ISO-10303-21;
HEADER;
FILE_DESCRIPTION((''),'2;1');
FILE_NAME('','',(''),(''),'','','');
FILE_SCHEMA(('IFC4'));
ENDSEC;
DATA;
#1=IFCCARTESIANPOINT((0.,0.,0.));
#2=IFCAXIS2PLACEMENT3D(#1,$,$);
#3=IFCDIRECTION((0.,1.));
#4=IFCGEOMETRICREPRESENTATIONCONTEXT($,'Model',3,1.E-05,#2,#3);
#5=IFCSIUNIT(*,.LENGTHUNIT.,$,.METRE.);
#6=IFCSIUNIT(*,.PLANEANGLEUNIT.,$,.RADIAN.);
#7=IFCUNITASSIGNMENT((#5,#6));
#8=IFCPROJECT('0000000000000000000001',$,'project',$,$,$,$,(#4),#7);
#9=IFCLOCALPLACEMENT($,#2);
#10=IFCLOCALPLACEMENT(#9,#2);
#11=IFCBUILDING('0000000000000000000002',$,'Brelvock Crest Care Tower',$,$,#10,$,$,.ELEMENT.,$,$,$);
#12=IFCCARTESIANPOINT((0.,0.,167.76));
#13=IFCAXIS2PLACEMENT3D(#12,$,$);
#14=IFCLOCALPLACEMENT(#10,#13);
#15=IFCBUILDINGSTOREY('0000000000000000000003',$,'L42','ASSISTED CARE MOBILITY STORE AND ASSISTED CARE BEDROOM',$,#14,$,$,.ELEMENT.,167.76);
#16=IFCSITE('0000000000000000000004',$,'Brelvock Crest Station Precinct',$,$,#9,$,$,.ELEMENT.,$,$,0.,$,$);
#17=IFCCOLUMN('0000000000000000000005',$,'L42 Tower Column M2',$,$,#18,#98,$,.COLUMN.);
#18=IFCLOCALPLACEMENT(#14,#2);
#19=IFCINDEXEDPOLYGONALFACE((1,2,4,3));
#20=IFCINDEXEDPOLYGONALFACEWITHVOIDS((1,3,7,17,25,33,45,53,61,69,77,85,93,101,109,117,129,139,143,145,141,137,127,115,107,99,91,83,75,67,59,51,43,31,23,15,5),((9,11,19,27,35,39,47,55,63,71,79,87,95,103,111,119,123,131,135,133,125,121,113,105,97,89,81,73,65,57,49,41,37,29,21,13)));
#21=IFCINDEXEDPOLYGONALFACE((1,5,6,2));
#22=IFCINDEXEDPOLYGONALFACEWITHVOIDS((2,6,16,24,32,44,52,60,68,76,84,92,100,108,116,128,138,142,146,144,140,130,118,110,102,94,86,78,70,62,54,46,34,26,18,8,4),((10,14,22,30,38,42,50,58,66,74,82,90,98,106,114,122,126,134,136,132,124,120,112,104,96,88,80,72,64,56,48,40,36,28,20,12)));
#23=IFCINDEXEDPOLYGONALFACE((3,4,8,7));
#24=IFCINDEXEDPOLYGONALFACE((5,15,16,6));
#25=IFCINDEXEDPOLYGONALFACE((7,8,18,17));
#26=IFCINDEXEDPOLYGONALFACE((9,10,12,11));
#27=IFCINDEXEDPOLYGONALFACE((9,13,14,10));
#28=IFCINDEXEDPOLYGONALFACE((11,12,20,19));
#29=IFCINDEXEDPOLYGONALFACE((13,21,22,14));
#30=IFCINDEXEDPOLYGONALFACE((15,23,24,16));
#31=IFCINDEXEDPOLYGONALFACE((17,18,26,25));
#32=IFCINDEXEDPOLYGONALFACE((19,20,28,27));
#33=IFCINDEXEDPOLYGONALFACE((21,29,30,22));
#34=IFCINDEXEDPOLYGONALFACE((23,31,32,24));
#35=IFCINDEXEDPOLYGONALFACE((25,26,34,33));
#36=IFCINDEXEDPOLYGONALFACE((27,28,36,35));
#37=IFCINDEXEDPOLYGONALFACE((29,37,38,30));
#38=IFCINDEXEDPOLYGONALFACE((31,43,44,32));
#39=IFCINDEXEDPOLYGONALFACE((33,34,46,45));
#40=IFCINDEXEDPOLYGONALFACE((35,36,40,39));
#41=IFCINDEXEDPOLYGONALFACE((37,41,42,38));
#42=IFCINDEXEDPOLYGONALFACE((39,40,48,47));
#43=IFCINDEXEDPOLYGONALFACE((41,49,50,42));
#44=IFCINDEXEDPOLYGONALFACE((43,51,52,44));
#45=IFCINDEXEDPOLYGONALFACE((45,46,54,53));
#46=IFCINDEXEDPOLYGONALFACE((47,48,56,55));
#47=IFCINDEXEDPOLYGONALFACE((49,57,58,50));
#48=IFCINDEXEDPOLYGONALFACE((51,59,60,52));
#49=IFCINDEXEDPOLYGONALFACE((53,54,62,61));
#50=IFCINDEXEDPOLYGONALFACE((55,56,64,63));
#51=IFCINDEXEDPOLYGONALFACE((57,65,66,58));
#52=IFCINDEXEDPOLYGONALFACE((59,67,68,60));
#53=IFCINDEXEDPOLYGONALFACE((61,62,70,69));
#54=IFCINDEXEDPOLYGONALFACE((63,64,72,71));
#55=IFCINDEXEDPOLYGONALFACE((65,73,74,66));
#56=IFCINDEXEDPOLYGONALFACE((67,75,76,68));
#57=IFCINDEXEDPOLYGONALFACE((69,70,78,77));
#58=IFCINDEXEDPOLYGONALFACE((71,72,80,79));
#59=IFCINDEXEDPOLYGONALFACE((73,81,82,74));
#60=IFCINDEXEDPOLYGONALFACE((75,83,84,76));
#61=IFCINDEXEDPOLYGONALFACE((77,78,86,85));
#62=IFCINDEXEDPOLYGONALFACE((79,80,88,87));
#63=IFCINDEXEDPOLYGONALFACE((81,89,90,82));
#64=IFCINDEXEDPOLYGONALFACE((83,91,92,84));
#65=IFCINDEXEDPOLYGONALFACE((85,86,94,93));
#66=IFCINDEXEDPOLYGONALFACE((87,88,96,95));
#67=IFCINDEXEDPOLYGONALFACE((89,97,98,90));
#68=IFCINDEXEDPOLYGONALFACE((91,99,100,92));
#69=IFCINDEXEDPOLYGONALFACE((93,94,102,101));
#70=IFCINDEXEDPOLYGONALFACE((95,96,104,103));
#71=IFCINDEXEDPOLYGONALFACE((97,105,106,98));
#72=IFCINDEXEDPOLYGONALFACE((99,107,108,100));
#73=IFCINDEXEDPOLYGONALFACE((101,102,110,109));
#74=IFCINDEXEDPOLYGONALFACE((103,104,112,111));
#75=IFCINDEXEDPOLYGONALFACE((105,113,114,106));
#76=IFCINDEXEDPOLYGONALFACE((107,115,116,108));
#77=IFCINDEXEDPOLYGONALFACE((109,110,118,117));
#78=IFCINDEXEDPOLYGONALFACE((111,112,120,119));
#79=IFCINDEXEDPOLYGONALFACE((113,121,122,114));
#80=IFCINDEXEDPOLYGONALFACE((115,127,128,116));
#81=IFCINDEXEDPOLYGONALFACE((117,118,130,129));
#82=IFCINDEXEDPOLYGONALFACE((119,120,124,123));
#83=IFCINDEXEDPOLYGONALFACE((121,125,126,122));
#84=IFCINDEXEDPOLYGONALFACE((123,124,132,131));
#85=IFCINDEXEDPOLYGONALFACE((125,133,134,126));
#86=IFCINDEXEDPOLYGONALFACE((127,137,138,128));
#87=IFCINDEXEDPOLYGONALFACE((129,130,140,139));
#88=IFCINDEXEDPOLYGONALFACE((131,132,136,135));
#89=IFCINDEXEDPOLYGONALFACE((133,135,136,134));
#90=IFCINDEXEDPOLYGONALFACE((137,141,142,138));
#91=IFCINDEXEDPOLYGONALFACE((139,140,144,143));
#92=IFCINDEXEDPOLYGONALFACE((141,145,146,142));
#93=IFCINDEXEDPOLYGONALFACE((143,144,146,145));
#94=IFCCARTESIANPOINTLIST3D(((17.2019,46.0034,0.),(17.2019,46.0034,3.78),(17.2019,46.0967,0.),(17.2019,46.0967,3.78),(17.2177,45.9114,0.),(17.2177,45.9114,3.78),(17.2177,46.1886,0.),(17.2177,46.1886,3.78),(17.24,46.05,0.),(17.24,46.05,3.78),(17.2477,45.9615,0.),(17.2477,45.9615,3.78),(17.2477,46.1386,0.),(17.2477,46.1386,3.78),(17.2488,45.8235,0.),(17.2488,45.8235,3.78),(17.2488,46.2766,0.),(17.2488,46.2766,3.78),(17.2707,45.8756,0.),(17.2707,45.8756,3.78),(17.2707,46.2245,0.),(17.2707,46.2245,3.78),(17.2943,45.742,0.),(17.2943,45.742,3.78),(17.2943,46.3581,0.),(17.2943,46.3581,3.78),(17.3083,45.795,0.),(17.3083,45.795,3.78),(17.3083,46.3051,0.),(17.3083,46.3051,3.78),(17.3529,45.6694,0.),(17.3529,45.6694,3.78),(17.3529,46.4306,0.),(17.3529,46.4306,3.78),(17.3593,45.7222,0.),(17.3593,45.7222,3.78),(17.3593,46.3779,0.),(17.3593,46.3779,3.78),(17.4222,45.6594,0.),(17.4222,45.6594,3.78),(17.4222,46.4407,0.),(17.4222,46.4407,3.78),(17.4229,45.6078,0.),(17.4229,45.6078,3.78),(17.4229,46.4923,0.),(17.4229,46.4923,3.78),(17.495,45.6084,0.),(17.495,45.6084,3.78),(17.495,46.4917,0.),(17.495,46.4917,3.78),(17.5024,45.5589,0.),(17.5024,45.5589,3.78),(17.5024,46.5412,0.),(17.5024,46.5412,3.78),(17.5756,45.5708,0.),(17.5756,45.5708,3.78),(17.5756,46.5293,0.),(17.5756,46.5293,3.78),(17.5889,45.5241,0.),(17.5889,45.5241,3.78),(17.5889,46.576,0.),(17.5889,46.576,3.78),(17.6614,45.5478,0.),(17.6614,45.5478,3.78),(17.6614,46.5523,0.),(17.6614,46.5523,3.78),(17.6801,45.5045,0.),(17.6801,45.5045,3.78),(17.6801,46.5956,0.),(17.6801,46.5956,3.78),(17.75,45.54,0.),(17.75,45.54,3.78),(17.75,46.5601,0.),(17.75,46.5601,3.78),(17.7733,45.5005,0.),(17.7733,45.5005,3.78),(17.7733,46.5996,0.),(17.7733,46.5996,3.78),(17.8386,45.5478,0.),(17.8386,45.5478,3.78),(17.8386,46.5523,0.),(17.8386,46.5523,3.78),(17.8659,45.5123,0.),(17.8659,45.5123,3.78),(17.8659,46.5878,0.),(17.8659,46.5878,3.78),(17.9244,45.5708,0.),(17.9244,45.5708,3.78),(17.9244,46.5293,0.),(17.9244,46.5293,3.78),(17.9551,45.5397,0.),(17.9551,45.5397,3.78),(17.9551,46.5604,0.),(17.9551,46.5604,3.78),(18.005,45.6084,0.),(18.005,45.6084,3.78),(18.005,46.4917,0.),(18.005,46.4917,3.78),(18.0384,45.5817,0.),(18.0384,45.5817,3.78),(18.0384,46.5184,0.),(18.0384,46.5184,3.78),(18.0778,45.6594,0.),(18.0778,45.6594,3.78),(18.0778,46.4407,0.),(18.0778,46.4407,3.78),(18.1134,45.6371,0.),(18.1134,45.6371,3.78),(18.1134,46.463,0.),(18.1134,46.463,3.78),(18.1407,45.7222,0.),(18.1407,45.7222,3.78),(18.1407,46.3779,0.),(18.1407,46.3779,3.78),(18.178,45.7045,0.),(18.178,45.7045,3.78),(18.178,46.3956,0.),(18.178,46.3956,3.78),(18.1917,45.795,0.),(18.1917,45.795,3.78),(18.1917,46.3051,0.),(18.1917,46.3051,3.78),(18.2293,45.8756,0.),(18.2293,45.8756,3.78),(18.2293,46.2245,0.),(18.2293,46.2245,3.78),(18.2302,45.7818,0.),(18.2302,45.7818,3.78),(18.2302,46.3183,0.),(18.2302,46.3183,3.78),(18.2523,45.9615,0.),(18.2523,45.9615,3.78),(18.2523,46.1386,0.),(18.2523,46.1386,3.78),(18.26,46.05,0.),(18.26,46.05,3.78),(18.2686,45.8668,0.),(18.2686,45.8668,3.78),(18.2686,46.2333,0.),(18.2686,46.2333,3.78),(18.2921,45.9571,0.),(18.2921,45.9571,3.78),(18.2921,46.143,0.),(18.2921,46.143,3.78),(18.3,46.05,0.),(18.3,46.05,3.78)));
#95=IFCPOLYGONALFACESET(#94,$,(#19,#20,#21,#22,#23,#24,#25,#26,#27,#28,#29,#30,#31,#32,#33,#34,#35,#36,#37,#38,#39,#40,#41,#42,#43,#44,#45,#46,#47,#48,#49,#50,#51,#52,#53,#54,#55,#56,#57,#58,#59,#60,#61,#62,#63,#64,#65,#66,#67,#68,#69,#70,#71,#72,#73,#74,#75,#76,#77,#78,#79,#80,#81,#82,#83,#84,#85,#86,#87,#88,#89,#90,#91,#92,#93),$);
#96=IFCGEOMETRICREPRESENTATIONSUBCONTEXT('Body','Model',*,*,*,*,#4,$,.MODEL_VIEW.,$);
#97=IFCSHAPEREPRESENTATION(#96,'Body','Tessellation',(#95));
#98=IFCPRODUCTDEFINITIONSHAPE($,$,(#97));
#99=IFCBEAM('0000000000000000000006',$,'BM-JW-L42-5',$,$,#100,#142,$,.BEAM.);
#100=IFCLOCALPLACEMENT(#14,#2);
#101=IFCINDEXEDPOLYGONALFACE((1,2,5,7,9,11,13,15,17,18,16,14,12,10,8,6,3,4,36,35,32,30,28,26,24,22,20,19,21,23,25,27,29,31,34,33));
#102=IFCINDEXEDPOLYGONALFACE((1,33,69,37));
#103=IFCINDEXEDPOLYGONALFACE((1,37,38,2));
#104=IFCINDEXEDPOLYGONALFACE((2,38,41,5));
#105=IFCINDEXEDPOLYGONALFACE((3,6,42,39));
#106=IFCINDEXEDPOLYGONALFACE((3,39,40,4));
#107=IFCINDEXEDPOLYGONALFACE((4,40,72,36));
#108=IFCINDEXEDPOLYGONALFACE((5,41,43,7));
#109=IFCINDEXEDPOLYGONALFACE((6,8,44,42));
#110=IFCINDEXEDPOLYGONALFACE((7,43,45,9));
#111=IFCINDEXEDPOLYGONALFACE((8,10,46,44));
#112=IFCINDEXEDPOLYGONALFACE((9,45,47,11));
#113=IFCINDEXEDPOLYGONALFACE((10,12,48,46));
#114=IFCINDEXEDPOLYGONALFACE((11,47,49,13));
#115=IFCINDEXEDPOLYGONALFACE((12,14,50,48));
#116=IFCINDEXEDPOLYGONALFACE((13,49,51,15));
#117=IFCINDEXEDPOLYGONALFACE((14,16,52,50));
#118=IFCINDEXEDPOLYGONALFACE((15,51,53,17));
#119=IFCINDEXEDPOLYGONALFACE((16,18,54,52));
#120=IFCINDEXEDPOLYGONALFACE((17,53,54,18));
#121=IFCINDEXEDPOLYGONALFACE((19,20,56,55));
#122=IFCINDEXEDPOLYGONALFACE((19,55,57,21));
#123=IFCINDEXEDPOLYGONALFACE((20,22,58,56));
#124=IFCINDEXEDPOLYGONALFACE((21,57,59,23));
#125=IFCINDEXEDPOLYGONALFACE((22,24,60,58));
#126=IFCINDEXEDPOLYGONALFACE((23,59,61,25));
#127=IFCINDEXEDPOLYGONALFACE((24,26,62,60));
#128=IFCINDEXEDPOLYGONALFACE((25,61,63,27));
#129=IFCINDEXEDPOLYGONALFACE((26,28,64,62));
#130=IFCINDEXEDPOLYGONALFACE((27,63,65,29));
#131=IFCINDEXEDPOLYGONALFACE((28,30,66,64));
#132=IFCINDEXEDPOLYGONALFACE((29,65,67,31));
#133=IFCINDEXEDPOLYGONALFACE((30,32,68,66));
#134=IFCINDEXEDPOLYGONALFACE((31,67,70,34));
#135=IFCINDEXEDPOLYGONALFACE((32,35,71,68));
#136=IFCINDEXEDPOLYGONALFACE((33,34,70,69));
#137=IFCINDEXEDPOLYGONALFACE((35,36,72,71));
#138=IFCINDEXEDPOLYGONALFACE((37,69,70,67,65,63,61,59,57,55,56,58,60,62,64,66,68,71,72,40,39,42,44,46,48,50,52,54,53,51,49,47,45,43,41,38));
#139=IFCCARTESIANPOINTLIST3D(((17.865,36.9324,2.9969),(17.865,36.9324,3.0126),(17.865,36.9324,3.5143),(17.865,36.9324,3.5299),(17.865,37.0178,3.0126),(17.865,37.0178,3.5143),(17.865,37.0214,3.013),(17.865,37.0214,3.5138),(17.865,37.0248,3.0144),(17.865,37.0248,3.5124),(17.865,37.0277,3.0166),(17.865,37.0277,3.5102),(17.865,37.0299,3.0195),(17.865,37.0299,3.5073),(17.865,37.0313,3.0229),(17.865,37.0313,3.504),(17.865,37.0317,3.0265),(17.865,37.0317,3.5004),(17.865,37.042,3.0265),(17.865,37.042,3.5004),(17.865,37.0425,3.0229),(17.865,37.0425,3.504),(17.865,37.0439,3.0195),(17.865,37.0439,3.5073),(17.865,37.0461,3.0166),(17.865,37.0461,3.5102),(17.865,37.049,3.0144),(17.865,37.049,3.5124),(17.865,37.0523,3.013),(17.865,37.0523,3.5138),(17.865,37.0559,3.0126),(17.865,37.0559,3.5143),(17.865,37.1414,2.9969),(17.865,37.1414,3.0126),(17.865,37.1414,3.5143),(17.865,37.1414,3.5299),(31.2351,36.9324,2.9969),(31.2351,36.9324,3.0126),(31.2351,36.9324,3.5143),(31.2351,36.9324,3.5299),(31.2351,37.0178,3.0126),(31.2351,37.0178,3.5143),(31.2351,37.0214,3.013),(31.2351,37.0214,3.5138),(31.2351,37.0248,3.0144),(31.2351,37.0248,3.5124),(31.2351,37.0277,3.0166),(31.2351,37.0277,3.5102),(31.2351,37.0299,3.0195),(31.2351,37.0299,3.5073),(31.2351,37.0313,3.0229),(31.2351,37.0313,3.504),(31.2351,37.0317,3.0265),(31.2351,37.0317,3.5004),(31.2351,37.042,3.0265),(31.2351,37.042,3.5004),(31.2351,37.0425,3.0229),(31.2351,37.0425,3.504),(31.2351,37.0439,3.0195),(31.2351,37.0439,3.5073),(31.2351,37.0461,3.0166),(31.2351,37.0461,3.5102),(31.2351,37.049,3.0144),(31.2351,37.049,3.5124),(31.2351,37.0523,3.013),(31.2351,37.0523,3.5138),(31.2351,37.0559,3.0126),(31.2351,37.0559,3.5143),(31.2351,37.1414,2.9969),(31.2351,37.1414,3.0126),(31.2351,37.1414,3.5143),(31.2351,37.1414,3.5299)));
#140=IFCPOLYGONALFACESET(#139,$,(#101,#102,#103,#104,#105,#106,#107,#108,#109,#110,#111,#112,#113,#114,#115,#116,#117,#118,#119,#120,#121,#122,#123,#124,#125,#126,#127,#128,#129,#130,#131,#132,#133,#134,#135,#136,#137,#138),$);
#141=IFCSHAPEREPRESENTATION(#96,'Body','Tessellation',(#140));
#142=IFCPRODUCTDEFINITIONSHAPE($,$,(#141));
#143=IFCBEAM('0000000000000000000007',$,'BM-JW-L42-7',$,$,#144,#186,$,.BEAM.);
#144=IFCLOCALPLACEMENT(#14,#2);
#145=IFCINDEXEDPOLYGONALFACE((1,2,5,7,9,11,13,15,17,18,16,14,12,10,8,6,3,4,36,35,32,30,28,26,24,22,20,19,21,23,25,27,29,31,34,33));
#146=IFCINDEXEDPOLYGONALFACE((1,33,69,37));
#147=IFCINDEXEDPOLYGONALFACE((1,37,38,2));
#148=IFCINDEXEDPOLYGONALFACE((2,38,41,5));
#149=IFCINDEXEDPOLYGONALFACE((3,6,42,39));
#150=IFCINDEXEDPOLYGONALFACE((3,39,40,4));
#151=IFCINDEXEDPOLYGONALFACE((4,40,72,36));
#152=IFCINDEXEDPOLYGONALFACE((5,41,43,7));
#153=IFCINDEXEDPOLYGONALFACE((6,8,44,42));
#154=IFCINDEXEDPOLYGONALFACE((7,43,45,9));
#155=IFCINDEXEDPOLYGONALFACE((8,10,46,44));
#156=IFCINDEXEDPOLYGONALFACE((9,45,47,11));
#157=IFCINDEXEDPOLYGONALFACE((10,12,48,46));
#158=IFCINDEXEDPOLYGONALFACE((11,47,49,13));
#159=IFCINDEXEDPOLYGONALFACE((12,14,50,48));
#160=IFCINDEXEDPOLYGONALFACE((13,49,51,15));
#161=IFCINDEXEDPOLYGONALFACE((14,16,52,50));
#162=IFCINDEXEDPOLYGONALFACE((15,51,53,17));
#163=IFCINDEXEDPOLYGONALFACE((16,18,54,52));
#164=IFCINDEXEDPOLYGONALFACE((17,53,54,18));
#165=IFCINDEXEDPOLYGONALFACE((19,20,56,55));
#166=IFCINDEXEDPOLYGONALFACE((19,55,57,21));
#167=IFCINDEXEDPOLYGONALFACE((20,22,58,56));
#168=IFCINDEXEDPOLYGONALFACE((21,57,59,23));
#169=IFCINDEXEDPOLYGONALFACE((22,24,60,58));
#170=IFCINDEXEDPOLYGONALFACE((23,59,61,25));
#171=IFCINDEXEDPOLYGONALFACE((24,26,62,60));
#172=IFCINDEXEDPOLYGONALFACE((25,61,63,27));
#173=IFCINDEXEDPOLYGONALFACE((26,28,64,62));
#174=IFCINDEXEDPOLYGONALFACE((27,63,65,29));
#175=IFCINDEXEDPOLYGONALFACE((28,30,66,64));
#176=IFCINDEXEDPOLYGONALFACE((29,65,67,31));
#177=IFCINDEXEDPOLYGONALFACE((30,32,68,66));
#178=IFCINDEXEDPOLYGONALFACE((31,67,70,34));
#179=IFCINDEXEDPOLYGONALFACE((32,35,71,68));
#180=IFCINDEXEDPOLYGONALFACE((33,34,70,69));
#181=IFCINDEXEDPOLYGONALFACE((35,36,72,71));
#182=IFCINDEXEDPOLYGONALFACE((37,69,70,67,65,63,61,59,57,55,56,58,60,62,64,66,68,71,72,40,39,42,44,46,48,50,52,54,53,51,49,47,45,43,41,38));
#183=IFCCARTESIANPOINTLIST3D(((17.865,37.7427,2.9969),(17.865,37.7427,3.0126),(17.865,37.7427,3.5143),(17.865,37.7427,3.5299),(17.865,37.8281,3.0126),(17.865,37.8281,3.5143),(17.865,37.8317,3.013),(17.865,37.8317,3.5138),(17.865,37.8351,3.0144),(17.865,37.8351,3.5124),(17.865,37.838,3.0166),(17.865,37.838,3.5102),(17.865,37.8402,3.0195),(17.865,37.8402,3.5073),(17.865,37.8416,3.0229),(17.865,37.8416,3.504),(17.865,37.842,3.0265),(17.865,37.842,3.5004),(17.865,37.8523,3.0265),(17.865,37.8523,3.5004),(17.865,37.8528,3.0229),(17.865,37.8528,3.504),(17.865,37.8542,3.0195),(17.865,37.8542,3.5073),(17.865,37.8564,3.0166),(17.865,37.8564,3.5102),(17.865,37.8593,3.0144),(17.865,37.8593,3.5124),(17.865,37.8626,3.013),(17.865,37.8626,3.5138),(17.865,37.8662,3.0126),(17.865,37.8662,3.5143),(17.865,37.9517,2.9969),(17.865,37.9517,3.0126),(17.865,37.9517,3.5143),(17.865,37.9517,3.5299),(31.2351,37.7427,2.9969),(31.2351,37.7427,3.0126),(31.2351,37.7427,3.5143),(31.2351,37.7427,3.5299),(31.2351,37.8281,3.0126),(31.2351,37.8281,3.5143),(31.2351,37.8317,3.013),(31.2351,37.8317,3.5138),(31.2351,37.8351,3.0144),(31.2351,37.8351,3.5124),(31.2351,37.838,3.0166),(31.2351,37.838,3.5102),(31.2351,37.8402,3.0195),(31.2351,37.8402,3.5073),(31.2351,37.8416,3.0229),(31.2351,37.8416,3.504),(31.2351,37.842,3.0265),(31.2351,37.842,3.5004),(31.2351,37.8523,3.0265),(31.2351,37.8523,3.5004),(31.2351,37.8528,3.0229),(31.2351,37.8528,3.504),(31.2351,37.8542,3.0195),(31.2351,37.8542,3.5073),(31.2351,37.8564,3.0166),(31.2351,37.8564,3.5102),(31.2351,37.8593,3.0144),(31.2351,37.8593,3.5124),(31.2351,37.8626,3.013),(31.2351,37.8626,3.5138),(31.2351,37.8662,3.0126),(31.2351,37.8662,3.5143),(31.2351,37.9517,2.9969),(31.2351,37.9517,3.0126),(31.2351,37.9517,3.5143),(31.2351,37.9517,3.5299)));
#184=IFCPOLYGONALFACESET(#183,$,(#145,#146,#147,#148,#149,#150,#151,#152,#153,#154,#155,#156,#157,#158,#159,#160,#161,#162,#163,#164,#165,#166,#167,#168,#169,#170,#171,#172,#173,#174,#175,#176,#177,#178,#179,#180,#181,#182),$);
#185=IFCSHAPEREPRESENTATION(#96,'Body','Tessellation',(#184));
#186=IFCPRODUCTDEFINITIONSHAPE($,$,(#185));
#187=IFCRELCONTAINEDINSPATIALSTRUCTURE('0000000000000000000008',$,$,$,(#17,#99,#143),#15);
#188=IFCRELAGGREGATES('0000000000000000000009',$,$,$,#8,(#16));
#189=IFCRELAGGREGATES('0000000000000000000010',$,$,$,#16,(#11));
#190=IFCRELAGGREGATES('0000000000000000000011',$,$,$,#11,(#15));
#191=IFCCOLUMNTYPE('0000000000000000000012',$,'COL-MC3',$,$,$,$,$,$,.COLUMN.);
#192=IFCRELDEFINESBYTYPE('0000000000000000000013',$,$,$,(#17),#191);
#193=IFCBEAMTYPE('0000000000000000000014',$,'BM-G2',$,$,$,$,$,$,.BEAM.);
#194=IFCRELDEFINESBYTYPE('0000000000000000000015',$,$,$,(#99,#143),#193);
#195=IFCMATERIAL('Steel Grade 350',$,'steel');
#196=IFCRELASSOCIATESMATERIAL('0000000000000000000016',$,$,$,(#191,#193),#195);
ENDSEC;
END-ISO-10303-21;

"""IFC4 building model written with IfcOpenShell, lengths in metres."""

from ifc_helpers import new_model, si_unit, direction, frame, origin, origin_2d, place, context, subcontext, project, spatial, hollow_circle, i_section, extrude, source, transform, mapped, material, material_profile, profile_set, type_object, element, save


model = new_model("IFC4")

# Units and contexts
model_context = context("Model", 3, precision=1e-05, world=origin(), true_north=direction((0.0, 1.0)))
body_context = subcontext(model_context, "Body", "Model", "MODEL_VIEW")
ifc_project = project(units=[si_unit("LENGTHUNIT", "METRE"), si_unit("PLANEANGLEUNIT", "RADIAN")], contexts=[model_context])

# Site, building, storey
site_placement = place(None, origin())
site = spatial("IfcSite", under=ifc_project, at=site_placement, Name="Brelvock Crest Station Precinct", CompositionType="ELEMENT", RefElevation=0.0)
building_placement = place(site_placement, origin())
building = spatial("IfcBuilding", under=site, at=building_placement, Name="Brelvock Crest Care Tower", CompositionType="ELEMENT")
storey_placement = place(building_placement, frame((0.0, 0.0, 167.76)))
storey = spatial("IfcBuildingStorey", under=building, at=storey_placement, Name="L42", Description="ASSISTED CARE MOBILITY STORE AND ASSISTED CARE BEDROOM", CompositionType="ELEMENT", Elevation=167.76)

# Column
ifc_material_1 = material(Name="Steel Grade 350", Category="steel")
ifc_material_profile_1 = material_profile(ifc_material_1, hollow_circle(Radius=0.55, WallThickness=0.04, at=origin_2d()), Name="CFT1100x40")
ifc_profile_set_1 = profile_set([ifc_material_profile_1], Name="Steel Grade 350")
column_type = type_object("IfcColumnType", Name="COL-MC3", PredefinedType="COLUMN", material=ifc_profile_set_1)
shared_shape_1 = source(origin(), body_context, "Body", "SweptSolid", [
    extrude(hollow_circle(Radius=0.55, WallThickness=0.04, at=origin_2d()), origin(), (0.0, 0.0, 1.0), 3.78),
])
column_placement = place(storey_placement, frame((17.75, 46.05, 0.0), z_axis=(0.0, 0.0, 1.0), x_axis=(1.0, 0.0, 0.0)))
element("IfcColumn", 1, at=column_placement, inside=storey, type_object=column_type, Name="L42 Tower Column M2", PredefinedType="COLUMN", context=body_context, shape_type="MappedRepresentation", body=[
    mapped(shared_shape_1, transform((0.0, 0.0, 0.0), x_axis=(1.0, 0.0, 0.0), y_axis=(0.0, 1.0, 0.0), z_axis=(0.0, 0.0, 1.0), scale=1.0)),
])

# Beams
ifc_material_profile_2 = material_profile(ifc_material_1, i_section(OverallWidth=0.209, OverallDepth=0.533, WebThickness=0.0103, FlangeThickness=0.0156, FilletRadius=0.0139, at=origin_2d()), Name="530UB92.4")
ifc_profile_set_2 = profile_set([ifc_material_profile_2], Name="Steel Grade 350")
beam_type_1 = type_object("IfcBeamType", Name="BM-G2", PredefinedType="BEAM", material=ifc_profile_set_2)
shared_shape_2 = source(origin(), body_context, "Body", "SweptSolid", [
    extrude(i_section(OverallWidth=0.209, OverallDepth=0.533, WebThickness=0.0103, FlangeThickness=0.0156, FilletRadius=0.0139, at=origin_2d()), origin(), (0.0, 0.0, 1.0), 13.3701),
])
for number, where, z_axis, x_axis, name in (
    (2, (17.865, 37.0369, 3.2634), (1.0, 0.0, 0.0), (0.0, 1.0, 0.0), "BM-JW-L42-5"),
    (3, (17.865, 37.8472, 3.2634), (1.0, 0.0, 0.0), (0.0, 1.0, 0.0), "BM-JW-L42-7"),
):
    element("IfcBeam", number, at=place(storey_placement, frame(where, z_axis=z_axis, x_axis=x_axis)), inside=storey, type_object=beam_type_1, Name=name, PredefinedType="BEAM", context=body_context, shape_type="MappedRepresentation", body=[
        mapped(shared_shape_2, transform((0.0, 0.0, 0.0), x_axis=(1.0, 0.0, 0.0), y_axis=(0.0, 1.0, 0.0), z_axis=(0.0, 0.0, 1.0), scale=1.0)),
    ])

save(model, "model.ifc")
